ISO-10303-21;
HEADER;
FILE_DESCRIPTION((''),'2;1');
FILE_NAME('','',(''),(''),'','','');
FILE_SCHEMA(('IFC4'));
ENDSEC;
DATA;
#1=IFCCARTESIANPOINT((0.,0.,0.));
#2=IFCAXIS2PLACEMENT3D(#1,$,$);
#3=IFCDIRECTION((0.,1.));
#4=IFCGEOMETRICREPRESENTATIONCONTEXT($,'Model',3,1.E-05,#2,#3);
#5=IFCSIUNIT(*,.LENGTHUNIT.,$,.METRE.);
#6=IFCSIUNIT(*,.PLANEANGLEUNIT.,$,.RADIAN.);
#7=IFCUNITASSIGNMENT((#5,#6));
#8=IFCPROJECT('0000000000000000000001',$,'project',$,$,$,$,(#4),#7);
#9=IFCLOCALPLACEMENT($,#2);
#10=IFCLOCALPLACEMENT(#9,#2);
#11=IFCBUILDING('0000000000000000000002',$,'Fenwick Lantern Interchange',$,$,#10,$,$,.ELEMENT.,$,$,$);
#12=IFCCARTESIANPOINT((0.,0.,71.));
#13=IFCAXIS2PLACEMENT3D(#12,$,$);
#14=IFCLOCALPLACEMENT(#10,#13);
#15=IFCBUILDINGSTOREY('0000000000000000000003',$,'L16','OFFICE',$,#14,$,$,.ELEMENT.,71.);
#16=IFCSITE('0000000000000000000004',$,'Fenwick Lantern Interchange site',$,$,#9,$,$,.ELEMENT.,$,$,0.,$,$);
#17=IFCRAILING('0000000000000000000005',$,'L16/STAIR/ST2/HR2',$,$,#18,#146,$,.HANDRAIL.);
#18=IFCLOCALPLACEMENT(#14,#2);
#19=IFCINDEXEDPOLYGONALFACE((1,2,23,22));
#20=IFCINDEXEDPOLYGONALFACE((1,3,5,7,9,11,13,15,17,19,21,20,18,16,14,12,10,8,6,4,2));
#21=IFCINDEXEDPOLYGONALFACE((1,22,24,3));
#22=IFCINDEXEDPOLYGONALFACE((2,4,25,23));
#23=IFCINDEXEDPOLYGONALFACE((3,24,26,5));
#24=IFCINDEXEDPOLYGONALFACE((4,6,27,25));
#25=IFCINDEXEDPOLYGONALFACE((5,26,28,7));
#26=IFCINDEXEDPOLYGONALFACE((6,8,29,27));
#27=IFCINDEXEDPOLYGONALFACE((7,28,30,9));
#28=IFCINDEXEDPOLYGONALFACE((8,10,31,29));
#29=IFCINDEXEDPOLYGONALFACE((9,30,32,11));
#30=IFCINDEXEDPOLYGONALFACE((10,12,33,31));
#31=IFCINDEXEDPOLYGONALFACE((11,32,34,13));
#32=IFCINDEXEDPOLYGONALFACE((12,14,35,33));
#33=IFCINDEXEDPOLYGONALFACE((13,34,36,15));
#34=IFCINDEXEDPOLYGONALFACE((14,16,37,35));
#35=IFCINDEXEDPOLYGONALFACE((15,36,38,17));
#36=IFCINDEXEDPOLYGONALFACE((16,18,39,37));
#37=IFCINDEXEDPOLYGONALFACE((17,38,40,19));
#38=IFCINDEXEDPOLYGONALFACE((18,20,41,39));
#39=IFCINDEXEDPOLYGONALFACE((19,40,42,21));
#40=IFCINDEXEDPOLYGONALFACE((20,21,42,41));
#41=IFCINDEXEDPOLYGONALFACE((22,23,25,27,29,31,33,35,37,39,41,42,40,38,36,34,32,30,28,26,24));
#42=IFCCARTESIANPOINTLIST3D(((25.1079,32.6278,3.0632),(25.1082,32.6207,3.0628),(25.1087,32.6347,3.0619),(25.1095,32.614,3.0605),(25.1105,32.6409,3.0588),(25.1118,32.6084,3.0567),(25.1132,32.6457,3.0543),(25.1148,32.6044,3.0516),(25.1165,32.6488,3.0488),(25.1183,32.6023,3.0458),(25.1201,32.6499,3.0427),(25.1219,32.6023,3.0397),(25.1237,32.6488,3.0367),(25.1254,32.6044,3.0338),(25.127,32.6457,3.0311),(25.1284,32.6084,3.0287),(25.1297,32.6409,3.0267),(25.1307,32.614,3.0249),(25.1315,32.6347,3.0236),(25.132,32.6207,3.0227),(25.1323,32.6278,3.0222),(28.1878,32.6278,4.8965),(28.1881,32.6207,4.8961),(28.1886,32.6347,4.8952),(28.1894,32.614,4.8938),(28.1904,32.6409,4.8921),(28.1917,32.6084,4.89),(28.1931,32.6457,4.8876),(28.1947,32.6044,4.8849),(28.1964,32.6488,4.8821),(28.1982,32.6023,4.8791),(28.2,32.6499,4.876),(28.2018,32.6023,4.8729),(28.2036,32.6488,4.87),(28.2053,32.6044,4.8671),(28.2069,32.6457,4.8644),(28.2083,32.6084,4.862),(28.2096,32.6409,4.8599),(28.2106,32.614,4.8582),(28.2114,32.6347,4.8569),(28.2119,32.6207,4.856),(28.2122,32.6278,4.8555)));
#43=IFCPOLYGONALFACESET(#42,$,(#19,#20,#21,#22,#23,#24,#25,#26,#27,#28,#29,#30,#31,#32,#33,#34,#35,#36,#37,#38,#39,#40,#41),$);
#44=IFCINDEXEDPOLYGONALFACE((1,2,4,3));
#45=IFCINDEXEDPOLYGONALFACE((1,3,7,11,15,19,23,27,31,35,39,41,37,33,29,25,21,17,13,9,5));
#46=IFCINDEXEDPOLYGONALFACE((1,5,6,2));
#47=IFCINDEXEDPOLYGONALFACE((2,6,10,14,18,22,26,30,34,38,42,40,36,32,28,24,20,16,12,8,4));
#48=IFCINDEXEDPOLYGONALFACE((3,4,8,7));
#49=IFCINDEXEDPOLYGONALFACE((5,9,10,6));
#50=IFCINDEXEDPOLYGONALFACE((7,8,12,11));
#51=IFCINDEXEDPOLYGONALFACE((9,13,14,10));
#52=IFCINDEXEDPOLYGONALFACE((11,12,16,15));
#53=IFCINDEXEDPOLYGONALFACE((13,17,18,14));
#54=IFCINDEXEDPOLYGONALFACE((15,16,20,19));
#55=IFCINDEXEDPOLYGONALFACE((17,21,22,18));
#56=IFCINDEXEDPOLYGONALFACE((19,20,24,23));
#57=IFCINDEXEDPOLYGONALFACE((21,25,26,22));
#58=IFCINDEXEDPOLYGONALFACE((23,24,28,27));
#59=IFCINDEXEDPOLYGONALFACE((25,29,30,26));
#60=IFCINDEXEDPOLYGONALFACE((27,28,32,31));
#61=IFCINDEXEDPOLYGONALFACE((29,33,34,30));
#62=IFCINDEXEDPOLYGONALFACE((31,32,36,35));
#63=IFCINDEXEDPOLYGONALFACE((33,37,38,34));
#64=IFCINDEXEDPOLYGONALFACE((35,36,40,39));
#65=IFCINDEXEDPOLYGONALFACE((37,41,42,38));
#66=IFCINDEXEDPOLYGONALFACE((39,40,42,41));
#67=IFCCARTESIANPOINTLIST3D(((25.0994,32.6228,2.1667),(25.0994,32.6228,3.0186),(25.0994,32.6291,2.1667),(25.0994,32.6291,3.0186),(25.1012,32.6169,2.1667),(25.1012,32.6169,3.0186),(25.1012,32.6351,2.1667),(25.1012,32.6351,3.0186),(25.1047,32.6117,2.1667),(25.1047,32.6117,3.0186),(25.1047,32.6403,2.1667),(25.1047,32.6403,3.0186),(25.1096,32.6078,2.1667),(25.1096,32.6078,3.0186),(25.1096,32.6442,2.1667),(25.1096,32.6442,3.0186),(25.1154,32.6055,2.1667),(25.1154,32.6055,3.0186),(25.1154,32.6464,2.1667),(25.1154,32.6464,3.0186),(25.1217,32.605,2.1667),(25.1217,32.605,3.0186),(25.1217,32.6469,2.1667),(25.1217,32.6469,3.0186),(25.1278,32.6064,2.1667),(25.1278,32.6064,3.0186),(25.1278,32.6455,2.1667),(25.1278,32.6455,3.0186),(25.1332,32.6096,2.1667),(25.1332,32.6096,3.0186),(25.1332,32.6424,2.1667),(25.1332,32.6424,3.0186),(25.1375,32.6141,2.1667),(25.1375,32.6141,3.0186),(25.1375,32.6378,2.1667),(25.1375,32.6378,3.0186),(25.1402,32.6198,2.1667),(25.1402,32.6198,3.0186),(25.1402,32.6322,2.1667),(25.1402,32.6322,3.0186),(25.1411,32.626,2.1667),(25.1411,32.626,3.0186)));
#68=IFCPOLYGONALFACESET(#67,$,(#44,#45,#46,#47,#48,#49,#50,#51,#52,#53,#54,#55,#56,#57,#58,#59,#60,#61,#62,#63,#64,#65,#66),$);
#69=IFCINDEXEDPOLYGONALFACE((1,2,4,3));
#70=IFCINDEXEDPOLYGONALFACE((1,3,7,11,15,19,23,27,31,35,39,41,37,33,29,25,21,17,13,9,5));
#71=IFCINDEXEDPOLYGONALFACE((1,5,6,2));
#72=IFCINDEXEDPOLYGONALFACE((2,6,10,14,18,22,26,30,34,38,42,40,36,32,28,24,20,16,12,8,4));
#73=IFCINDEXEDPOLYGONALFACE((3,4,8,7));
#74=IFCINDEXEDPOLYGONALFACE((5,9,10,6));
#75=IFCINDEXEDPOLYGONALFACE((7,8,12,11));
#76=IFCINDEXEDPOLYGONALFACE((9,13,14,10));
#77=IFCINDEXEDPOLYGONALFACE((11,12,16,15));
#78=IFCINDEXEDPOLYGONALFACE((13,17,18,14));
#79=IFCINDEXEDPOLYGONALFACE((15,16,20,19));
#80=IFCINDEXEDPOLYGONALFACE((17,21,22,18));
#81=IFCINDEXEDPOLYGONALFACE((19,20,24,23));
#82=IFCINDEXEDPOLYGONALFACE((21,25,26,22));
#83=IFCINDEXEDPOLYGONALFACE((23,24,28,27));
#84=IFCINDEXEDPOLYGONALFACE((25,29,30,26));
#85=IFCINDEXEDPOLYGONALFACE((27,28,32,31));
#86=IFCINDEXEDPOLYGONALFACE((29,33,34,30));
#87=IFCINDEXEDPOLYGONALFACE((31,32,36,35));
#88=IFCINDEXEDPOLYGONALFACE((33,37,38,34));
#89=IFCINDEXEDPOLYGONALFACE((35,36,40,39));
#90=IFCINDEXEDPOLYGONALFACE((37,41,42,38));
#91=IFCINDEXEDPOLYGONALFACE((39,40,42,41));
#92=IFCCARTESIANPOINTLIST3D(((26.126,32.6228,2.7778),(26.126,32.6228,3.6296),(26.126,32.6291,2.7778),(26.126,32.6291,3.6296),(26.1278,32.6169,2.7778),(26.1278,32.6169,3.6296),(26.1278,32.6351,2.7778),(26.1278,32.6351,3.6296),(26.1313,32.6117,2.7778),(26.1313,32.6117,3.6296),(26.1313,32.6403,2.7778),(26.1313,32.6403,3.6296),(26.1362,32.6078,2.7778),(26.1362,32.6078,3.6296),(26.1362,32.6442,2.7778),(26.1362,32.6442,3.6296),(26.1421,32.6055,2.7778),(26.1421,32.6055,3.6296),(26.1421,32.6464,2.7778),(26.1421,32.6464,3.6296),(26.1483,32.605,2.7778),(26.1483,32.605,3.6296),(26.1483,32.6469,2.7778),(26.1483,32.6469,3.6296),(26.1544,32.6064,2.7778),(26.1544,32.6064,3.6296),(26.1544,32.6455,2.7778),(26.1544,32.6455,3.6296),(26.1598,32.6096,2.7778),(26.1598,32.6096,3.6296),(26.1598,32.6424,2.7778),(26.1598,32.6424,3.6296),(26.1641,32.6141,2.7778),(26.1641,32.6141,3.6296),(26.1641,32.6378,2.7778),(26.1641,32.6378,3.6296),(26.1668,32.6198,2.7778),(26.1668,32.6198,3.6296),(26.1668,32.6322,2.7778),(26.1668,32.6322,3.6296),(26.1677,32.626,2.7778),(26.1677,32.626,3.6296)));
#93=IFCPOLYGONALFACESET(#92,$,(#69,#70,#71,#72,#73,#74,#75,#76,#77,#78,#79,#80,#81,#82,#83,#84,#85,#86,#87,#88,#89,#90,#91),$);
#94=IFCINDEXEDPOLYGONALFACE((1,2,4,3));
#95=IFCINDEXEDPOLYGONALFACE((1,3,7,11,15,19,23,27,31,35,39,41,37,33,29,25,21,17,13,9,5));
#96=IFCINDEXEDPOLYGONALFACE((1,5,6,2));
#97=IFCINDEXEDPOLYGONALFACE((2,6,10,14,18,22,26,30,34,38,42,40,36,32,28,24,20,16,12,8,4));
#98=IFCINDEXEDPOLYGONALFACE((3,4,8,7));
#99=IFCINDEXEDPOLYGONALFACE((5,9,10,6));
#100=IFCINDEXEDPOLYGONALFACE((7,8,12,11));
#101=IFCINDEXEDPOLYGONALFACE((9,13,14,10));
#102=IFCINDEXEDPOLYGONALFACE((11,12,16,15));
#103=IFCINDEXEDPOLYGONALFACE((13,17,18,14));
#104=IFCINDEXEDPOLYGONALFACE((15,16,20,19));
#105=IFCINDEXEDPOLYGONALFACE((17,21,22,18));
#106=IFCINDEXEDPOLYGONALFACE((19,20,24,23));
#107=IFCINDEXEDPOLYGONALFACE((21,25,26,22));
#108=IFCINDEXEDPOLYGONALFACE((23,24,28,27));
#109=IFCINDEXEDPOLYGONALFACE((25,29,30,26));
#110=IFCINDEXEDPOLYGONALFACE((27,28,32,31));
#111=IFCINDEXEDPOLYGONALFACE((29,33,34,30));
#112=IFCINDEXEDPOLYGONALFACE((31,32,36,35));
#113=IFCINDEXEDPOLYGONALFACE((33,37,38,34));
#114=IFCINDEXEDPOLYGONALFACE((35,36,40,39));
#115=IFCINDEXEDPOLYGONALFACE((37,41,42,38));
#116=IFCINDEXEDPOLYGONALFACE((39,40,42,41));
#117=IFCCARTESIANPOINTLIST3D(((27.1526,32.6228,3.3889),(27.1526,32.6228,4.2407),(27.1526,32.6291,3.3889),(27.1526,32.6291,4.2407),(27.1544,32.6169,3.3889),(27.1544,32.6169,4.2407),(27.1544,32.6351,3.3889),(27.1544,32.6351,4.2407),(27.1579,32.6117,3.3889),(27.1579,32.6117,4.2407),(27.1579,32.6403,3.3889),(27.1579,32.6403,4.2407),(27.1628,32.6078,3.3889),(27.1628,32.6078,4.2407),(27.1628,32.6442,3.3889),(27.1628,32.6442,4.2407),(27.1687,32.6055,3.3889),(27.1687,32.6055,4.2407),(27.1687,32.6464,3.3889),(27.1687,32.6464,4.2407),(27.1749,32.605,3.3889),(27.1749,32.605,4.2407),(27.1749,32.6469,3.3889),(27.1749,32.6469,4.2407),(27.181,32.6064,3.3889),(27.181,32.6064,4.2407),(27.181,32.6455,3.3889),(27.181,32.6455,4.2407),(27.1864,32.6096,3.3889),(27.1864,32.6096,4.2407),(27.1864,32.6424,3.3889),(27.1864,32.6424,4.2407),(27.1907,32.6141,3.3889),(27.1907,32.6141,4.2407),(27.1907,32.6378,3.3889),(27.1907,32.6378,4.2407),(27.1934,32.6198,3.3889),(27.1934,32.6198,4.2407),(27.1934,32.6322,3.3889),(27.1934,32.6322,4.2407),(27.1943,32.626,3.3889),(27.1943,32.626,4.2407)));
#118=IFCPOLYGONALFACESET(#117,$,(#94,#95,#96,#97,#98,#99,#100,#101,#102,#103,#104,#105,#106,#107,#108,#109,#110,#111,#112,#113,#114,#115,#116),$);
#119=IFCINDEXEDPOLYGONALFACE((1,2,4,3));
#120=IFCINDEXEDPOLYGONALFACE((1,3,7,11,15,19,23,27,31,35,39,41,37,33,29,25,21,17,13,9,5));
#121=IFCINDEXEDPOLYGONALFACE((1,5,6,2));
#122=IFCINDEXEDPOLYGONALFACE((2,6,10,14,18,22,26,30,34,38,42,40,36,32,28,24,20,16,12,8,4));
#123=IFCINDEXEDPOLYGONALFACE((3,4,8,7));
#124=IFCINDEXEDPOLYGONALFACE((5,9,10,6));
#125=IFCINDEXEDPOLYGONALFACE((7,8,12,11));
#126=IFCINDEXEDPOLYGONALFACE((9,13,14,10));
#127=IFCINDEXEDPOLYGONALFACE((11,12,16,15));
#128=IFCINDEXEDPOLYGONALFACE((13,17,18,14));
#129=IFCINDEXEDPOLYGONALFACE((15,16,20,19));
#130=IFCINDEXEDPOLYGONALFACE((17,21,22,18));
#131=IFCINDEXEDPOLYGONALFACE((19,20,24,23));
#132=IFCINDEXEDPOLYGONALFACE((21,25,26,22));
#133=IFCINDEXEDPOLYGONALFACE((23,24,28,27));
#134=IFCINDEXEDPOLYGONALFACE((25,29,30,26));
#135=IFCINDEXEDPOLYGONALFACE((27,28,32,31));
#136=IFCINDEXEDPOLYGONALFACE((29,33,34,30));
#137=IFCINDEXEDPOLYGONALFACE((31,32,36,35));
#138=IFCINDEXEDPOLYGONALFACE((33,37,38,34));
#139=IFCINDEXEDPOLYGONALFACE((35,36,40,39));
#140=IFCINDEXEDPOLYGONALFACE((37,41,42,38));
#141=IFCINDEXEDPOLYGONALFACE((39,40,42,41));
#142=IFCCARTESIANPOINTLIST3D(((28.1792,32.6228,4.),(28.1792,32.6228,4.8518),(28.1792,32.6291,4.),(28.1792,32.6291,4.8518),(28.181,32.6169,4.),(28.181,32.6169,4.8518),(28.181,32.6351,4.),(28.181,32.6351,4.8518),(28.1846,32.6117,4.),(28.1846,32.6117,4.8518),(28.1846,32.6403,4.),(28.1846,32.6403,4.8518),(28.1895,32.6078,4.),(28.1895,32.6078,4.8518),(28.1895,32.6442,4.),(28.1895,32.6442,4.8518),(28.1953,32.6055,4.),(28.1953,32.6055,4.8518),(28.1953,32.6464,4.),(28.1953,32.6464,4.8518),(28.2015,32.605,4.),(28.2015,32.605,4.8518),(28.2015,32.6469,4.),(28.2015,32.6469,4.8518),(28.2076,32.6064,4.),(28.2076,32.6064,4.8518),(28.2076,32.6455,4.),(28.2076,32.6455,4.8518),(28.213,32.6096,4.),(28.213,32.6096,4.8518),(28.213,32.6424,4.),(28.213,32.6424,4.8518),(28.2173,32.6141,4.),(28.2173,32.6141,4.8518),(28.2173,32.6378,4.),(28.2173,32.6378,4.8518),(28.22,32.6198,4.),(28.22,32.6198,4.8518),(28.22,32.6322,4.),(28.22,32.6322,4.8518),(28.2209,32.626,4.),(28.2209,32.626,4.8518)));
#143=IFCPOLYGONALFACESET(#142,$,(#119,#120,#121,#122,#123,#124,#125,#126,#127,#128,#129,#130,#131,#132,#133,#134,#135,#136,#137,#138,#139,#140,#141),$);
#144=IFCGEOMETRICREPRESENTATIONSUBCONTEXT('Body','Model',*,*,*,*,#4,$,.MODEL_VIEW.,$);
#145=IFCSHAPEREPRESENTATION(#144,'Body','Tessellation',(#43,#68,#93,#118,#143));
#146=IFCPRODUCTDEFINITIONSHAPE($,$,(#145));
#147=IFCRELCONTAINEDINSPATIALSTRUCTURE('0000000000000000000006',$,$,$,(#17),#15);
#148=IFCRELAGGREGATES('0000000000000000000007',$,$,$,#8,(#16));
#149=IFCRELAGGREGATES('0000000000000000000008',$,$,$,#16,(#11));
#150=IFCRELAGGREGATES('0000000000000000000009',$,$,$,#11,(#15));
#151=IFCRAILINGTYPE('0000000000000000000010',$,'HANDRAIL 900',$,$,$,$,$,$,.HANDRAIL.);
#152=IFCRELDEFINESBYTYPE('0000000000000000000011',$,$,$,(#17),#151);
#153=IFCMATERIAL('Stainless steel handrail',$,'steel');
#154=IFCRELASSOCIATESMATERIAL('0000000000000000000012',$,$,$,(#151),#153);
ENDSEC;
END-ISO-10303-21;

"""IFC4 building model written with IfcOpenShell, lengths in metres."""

from ifc_helpers import new_model, si_unit, direction, frame, origin, origin_2d, place, context, subcontext, project, spatial, circle, extrude, material, type_object, element, save


model = new_model("IFC4")

# Units and contexts
model_context = context("Model", 3, precision=1e-05, world=origin(), true_north=direction((0.0, 1.0)))
body_context = subcontext(model_context, "Body", "Model", "MODEL_VIEW")
ifc_project = project(units=[si_unit("LENGTHUNIT", "METRE"), si_unit("PLANEANGLEUNIT", "RADIAN")], contexts=[model_context])

# Site, building, storey
site_placement = place(None, origin())
site = spatial("IfcSite", under=ifc_project, at=site_placement, Name="Fenwick Lantern Interchange site", CompositionType="ELEMENT", RefElevation=0.0)
building_placement = place(site_placement, origin())
building = spatial("IfcBuilding", under=site, at=building_placement, Name="Fenwick Lantern Interchange", CompositionType="ELEMENT")
storey_placement = place(building_placement, frame((0.0, 0.0, 71.0)))
storey = spatial("IfcBuildingStorey", under=building, at=storey_placement, Name="L16", Description="OFFICE", CompositionType="ELEMENT", Elevation=71.0)

# Railing
ifc_material_1 = material(Name="Stainless steel handrail", Category="steel")
railing_type = type_object("IfcRailingType", Name="HANDRAIL 900", PredefinedType="HANDRAIL", material=ifc_material_1)
railing_1_placement = place(storey_placement, frame((25.1201, 32.626, 2.1667)))
element("IfcRailing", 1, at=railing_1_placement, inside=storey, type_object=railing_type, Name="L16/STAIR/ST2/HR2", PredefinedType="HANDRAIL", context=body_context, shape_type="SweptSolid", body=[
    extrude(circle(Radius=0.0239, at=origin_2d()), frame((0.0, 0.0, 0.876), z_axis=(0.859291, 0.0, 0.511487), x_axis=(0.0, 1.0, 0.0)), (0.0, 0.0, 1.0), 3.5842),
    extrude(circle(Radius=0.021, at=origin_2d()), origin(), (0.0, 0.0, 1.0), 0.8518),
    extrude(circle(Radius=0.021, at=origin_2d()), frame((1.0266, 0.0, 0.6111)), (0.0, 0.0, 1.0), 0.8518),
    extrude(circle(Radius=0.021, at=origin_2d()), frame((2.0532, 0.0, 1.2222)), (0.0, 0.0, 1.0), 0.8518),
    extrude(circle(Radius=0.021, at=origin_2d()), frame((3.0798, 0.0, 1.8333)), (0.0, 0.0, 1.0), 0.8518),
])

save(model, "model.ifc")
